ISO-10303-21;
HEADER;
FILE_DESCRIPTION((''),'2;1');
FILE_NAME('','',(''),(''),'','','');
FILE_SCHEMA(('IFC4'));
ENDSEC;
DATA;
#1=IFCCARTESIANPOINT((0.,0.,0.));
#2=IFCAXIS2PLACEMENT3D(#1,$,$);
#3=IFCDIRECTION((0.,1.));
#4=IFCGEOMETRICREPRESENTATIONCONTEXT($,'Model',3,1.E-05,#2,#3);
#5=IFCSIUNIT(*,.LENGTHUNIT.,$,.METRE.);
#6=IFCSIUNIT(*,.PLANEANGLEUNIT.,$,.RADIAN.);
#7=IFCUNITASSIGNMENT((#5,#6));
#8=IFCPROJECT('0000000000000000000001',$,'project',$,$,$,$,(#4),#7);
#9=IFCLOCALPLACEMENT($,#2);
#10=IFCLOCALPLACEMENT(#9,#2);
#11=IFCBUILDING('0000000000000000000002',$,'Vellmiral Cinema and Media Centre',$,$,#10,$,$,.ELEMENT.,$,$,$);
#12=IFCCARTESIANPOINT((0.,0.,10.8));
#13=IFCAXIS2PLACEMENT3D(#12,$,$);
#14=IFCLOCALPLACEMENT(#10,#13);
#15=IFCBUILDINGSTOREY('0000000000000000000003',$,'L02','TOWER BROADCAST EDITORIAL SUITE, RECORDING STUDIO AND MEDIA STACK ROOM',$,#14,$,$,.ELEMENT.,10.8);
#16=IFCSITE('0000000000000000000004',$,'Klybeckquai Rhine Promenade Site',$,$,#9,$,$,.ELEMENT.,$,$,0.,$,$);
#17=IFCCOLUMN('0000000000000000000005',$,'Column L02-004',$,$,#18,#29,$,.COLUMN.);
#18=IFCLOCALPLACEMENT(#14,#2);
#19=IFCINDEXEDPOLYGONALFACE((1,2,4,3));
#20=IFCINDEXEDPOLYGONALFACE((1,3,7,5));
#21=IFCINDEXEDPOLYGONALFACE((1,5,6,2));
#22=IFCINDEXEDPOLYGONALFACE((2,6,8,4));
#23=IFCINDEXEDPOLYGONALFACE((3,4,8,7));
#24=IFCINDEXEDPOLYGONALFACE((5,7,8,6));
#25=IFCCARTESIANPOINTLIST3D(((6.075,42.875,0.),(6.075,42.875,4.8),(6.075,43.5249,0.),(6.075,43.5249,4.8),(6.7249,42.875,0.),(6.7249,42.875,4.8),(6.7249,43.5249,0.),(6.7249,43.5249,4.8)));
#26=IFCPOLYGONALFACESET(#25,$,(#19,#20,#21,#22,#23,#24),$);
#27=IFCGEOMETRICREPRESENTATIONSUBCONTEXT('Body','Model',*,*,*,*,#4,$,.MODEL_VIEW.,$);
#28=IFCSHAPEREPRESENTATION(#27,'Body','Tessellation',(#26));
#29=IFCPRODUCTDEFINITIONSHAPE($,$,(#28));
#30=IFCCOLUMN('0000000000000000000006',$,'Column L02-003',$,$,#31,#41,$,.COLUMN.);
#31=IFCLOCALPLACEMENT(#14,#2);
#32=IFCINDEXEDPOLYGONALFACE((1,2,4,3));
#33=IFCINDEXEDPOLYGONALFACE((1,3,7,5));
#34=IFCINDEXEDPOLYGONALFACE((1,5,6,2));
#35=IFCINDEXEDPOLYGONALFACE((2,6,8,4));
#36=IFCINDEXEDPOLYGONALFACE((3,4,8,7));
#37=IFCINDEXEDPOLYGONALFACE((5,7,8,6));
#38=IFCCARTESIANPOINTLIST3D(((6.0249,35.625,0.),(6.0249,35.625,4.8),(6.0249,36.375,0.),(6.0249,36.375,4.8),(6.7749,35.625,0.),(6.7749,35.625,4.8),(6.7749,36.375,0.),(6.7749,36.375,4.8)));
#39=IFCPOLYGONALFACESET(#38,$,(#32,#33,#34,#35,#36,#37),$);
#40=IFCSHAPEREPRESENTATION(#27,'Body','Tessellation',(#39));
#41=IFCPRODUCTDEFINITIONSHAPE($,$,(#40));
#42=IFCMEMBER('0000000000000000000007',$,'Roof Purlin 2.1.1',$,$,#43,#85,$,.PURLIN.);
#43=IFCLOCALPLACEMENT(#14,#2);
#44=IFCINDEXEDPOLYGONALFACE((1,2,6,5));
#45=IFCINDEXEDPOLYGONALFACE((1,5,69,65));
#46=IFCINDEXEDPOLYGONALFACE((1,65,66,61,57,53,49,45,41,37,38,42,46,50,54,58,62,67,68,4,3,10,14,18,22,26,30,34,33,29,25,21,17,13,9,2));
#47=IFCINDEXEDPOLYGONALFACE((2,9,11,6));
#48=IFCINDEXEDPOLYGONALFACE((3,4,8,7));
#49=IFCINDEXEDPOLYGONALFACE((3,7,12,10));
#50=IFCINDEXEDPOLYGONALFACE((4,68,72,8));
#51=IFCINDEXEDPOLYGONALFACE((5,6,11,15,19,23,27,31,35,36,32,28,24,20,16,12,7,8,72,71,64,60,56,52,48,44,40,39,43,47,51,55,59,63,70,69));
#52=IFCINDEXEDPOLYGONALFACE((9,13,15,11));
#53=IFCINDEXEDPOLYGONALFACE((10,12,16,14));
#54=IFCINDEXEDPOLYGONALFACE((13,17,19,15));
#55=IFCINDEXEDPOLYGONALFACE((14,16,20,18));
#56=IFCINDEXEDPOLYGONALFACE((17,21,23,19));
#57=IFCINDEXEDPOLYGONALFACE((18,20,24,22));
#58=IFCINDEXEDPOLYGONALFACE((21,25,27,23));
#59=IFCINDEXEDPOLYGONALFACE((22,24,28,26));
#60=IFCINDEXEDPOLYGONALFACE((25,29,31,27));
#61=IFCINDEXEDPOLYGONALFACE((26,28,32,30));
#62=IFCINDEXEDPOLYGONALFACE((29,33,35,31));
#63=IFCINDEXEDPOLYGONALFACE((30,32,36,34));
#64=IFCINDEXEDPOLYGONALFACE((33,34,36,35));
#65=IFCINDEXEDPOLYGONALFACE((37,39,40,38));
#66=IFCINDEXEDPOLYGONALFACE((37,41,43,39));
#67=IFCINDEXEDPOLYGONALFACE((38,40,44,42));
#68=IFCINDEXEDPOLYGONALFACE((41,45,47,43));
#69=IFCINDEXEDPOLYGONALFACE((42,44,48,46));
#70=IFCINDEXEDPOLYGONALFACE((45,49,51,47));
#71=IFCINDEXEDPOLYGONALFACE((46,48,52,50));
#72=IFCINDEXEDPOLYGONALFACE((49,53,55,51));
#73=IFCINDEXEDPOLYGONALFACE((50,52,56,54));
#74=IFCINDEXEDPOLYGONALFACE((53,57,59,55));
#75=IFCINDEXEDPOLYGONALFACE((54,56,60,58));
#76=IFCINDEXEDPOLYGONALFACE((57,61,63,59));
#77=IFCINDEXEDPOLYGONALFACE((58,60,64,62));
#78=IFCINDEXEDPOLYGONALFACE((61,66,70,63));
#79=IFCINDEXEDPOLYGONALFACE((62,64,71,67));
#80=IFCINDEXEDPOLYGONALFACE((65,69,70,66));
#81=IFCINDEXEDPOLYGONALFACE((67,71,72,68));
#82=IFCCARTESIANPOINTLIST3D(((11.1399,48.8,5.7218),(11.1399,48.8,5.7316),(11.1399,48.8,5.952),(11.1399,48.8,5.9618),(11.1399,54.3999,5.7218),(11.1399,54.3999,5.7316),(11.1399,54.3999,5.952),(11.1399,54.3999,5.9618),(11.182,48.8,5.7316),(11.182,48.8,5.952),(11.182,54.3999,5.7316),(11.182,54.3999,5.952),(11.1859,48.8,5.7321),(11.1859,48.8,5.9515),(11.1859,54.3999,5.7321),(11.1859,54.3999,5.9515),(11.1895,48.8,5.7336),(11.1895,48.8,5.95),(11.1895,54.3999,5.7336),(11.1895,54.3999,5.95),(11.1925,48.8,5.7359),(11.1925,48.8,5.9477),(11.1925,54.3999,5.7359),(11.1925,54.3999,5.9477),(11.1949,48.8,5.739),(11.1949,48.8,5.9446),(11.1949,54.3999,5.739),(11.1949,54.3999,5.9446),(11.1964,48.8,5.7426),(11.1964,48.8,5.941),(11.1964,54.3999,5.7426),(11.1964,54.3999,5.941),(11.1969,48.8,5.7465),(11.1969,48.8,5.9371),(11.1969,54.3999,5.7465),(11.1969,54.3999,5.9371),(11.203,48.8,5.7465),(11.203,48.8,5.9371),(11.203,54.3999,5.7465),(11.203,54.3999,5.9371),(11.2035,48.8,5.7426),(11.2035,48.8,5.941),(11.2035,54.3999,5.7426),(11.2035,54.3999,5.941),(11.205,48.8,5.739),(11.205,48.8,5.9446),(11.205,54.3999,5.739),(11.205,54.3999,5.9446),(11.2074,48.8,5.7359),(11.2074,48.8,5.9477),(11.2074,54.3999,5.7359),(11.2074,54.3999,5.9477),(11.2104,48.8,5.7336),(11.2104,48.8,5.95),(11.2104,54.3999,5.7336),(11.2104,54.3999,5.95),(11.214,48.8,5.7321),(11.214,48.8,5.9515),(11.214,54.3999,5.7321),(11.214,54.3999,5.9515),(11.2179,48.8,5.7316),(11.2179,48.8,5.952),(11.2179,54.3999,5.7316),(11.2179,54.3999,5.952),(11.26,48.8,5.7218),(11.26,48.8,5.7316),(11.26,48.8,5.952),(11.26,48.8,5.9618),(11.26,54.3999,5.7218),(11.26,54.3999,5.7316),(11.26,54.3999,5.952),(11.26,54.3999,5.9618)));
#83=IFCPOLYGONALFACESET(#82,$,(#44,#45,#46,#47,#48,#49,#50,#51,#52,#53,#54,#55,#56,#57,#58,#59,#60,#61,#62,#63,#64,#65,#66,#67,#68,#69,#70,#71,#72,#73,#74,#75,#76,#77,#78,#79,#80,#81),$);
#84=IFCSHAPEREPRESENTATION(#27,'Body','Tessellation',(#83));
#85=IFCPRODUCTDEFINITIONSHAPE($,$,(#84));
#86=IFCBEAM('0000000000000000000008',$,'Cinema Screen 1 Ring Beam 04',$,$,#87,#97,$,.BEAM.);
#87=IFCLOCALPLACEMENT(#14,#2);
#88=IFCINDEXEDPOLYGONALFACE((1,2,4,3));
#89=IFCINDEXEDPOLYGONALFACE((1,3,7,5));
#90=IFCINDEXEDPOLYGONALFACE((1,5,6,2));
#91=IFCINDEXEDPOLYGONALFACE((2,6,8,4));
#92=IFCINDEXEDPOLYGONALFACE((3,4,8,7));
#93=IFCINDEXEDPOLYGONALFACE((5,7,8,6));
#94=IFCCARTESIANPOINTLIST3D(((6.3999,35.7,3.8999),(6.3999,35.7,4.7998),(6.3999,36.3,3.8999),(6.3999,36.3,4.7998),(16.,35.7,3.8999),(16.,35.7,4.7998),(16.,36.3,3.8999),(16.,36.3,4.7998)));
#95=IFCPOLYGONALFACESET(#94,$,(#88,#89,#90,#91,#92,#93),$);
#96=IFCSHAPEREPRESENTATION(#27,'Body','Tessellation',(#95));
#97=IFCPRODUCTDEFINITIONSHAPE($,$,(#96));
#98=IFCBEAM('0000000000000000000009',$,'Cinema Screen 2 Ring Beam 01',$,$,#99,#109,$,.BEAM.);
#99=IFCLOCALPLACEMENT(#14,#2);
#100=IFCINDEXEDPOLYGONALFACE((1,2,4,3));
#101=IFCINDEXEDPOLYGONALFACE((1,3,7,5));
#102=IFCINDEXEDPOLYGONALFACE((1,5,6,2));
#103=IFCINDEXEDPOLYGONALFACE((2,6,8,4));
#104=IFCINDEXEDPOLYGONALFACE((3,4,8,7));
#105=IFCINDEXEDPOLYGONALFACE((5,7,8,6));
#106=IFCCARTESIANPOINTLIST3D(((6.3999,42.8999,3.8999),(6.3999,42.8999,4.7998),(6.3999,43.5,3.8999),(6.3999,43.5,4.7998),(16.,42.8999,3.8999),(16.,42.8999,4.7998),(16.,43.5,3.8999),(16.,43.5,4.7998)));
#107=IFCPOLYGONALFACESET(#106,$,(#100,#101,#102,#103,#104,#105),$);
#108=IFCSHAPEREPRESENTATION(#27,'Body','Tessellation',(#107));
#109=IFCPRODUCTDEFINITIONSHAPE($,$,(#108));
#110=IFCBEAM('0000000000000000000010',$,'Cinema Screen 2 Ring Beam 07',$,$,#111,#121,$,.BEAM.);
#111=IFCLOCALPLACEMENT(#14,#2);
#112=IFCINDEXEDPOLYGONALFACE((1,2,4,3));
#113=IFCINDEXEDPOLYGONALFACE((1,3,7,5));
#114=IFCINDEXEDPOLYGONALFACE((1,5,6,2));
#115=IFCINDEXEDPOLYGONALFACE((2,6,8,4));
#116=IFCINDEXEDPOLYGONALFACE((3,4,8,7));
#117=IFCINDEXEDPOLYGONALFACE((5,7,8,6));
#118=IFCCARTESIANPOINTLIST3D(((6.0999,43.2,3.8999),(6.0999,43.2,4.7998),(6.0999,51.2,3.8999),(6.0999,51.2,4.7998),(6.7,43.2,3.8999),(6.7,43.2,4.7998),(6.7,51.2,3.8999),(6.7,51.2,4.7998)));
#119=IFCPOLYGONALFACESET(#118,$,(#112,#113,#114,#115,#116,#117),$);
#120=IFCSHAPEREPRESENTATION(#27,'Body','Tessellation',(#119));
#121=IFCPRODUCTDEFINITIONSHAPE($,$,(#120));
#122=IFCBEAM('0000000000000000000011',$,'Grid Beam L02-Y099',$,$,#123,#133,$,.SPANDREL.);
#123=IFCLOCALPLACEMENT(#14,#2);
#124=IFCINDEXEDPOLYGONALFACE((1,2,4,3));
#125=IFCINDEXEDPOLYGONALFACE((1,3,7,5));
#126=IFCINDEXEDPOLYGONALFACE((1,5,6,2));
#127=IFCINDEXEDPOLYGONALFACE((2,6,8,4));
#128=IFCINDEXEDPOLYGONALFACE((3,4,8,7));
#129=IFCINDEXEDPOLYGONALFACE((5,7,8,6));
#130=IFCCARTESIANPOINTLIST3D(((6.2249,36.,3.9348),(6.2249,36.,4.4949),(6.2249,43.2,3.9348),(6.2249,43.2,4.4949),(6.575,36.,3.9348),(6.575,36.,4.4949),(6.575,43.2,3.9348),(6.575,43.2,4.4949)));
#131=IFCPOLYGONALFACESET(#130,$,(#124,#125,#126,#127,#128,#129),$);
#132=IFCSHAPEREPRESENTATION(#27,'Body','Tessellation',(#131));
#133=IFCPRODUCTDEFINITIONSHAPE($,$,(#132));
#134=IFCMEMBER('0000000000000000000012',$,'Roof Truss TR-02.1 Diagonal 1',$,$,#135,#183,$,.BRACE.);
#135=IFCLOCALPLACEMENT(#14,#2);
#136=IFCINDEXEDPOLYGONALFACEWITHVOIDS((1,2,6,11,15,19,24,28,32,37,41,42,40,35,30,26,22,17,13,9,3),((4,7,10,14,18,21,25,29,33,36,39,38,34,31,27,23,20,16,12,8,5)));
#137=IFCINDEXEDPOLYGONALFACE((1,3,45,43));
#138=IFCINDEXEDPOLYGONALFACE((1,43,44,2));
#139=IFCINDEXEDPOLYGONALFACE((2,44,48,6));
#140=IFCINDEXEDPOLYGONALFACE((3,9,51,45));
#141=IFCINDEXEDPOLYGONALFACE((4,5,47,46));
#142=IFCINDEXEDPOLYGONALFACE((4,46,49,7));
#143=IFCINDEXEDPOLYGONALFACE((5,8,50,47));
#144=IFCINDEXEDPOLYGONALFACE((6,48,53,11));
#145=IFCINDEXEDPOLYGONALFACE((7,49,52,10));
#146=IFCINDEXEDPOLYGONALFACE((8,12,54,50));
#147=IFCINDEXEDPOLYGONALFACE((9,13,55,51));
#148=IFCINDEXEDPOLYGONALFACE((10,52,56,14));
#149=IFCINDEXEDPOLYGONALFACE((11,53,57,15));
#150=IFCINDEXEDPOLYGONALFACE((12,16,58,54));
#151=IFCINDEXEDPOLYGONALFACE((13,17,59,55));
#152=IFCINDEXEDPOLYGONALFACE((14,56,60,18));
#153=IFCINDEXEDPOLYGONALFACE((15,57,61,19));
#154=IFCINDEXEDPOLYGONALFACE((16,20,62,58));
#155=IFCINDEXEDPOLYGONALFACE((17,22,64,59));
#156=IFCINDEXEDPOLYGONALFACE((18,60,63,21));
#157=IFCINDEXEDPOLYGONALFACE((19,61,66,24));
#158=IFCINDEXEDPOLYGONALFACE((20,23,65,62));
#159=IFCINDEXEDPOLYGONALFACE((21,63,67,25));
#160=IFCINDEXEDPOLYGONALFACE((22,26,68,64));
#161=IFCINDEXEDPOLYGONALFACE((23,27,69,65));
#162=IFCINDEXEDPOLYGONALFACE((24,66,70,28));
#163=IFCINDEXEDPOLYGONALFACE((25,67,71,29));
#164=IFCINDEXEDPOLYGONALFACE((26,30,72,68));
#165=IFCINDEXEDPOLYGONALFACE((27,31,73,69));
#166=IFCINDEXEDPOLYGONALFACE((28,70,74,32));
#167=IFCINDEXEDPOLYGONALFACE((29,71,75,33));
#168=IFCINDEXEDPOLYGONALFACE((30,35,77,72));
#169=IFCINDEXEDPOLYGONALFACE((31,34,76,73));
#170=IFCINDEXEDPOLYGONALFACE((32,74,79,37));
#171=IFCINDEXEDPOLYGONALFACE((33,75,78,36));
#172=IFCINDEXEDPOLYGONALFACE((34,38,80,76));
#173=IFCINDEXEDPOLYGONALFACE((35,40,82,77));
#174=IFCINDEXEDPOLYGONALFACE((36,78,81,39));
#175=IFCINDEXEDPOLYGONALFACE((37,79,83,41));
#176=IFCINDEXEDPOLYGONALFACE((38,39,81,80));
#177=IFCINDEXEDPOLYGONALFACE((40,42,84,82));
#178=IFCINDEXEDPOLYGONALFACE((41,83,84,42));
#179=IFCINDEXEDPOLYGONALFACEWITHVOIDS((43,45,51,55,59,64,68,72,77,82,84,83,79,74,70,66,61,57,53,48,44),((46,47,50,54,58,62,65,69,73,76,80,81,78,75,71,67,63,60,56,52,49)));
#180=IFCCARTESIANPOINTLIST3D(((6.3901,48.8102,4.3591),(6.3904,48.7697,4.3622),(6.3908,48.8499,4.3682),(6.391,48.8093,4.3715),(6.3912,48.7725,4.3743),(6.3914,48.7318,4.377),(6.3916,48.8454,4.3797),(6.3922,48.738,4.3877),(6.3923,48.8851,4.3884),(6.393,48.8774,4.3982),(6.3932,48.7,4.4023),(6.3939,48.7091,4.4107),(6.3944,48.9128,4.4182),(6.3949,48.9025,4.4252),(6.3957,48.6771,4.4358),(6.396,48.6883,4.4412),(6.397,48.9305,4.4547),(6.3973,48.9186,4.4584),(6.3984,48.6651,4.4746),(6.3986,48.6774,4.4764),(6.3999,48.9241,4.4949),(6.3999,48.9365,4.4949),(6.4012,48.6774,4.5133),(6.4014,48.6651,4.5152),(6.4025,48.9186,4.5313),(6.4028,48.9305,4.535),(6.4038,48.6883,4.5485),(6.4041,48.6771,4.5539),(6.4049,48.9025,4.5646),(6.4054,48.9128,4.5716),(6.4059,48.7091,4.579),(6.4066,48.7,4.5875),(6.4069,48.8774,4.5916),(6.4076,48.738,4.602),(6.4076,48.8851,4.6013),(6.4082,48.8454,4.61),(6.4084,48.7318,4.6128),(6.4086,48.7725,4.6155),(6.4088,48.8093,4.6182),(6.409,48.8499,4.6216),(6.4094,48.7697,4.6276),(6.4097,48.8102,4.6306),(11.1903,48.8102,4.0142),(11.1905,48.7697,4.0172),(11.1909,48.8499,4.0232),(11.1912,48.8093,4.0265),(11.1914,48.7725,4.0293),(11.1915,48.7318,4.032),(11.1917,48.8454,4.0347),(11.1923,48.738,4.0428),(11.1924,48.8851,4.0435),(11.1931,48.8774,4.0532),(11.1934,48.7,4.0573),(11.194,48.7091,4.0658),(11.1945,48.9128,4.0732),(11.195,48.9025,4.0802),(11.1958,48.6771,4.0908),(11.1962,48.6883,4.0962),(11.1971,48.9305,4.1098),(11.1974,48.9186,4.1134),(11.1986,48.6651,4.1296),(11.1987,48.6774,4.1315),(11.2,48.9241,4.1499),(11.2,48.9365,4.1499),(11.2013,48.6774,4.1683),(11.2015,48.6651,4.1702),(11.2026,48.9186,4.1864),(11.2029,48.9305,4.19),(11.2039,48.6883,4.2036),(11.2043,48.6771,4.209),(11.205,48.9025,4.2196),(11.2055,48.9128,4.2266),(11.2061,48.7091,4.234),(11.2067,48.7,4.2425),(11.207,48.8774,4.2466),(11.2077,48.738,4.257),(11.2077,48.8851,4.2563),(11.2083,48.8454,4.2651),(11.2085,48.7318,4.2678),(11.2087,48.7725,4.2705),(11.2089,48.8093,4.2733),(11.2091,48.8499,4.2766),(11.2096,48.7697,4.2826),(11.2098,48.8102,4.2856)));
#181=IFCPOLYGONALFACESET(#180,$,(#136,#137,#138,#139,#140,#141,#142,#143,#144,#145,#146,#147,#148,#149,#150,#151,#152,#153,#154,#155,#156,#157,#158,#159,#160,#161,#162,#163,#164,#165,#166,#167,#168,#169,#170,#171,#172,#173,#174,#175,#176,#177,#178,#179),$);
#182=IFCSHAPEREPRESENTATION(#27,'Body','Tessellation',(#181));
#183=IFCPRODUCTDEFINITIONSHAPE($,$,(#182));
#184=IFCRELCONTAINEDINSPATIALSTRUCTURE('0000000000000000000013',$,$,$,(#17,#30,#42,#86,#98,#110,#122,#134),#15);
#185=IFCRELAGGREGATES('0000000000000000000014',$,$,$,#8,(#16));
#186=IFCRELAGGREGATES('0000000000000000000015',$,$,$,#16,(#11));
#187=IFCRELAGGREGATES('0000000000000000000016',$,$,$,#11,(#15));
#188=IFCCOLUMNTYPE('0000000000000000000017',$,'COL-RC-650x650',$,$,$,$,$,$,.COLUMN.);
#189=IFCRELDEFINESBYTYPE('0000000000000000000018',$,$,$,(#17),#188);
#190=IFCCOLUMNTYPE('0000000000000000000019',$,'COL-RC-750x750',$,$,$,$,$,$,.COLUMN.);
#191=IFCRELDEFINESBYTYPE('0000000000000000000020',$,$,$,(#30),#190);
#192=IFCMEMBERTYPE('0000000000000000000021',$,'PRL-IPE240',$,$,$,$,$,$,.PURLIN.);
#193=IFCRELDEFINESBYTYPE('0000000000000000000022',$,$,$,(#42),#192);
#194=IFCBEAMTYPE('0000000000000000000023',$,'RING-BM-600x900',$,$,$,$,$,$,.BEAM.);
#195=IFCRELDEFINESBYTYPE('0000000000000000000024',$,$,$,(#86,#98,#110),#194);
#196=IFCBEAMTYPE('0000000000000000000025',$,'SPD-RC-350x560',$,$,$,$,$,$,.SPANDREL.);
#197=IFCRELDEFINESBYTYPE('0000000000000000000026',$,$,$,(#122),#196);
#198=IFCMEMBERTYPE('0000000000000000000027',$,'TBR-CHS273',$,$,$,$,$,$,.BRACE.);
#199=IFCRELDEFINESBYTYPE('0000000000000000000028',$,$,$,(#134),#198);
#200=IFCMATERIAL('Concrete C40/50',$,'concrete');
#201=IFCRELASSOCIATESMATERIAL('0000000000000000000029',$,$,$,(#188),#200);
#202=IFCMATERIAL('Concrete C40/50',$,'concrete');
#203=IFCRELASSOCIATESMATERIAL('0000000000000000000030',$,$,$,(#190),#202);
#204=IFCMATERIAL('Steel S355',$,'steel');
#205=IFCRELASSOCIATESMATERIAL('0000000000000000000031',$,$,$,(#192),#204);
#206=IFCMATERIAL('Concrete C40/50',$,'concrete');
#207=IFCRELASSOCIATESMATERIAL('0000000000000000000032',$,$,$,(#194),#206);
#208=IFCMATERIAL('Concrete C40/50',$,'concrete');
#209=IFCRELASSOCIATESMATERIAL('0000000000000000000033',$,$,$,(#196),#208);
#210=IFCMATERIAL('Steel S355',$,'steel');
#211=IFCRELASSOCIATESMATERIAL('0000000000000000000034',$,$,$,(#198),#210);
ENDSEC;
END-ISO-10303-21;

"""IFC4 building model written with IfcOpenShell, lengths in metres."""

from ifc_helpers import new_model, si_unit, direction, frame, origin, origin_2d, place, context, subcontext, project, spatial, rectangle, hollow_circle, i_section, extrude, material, material_profile, profile_set, type_object, element, save


model = new_model("IFC4")

# Units and contexts
model_context = context("Model", 3, precision=1e-05, world=origin(), true_north=direction((0.0, 1.0)))
body_context = subcontext(model_context, "Body", "Model", "MODEL_VIEW")
ifc_project = project(units=[si_unit("LENGTHUNIT", "METRE"), si_unit("PLANEANGLEUNIT", "RADIAN")], contexts=[model_context])

# Site, building, storey
site_placement = place(None, origin())
site = spatial("IfcSite", under=ifc_project, at=site_placement, Name="Klybeckquai Rhine Promenade Site", CompositionType="ELEMENT", RefElevation=0.0)
building_placement = place(site_placement, origin())
building = spatial("IfcBuilding", under=site, at=building_placement, Name="Vellmiral Cinema and Media Centre", CompositionType="ELEMENT")
storey_placement = place(building_placement, frame((0.0, 0.0, 10.8)))
storey = spatial("IfcBuildingStorey", under=building, at=storey_placement, Name="L02", Description="TOWER BROADCAST EDITORIAL SUITE, RECORDING STUDIO AND MEDIA STACK ROOM", CompositionType="ELEMENT", Elevation=10.8)

# Columns
ifc_material_1 = material(Name="Concrete C40/50", Category="concrete")
ifc_material_profile_1 = material_profile(ifc_material_1, rectangle(XDim=0.6499, YDim=0.6499, at=origin_2d()), Name="RC 650x650")
ifc_profile_set_1 = profile_set([ifc_material_profile_1], Name="Concrete C40/50")
column_type_1 = type_object("IfcColumnType", Name="COL-RC-650x650", PredefinedType="COLUMN", material=ifc_profile_set_1)
column_1_placement = place(storey_placement, frame((6.3999, 43.2, 0.0), z_axis=(0.0, 0.0, 1.0), x_axis=(1.0, 0.0, 0.0)))
element("IfcColumn", 1, at=column_1_placement, inside=storey, type_object=column_type_1, Name="Column L02-004", PredefinedType="COLUMN", context=body_context, shape_type="SweptSolid", body=[
    extrude(rectangle(XDim=0.6499, YDim=0.6499, at=origin_2d()), origin(), (0.0, 0.0, 1.0), 4.8),
])
ifc_material_2 = material(Name="Concrete C40/50", Category="concrete")
ifc_material_profile_2 = material_profile(ifc_material_2, rectangle(XDim=0.75, YDim=0.75, at=origin_2d()), Name="RC 750x750")
ifc_profile_set_2 = profile_set([ifc_material_profile_2], Name="Concrete C40/50")
column_type_2 = type_object("IfcColumnType", Name="COL-RC-750x750", PredefinedType="COLUMN", material=ifc_profile_set_2)
column_2_placement = place(storey_placement, frame((6.3999, 36.0, 0.0), z_axis=(0.0, 0.0, 1.0), x_axis=(1.0, 0.0, 0.0)))
element("IfcColumn", 2, at=column_2_placement, inside=storey, type_object=column_type_2, Name="Column L02-003", PredefinedType="COLUMN", context=body_context, shape_type="SweptSolid", body=[
    extrude(rectangle(XDim=0.75, YDim=0.75, at=origin_2d()), origin(), (0.0, 0.0, 1.0), 4.8),
])

# Member
ifc_material_3 = material(Name="Steel S355", Category="steel")
ifc_material_profile_3 = material_profile(ifc_material_3, i_section(OverallWidth=0.1201, OverallDepth=0.24, WebThickness=0.0061, FlangeThickness=0.0098, FilletRadius=0.0149, at=origin_2d()), Name="IPE 240")
ifc_profile_set_3 = profile_set([ifc_material_profile_3], Name="Steel S355")
member_type_1 = type_object("IfcMemberType", Name="PRL-IPE240", PredefinedType="PURLIN", material=ifc_profile_set_3)
member_1_placement = place(storey_placement, frame((11.2, 48.8, 5.8418), z_axis=(0.0, 1.0, 0.0), x_axis=(-1.0, 0.0, 0.0)))
element("IfcMember", 3, at=member_1_placement, inside=storey, type_object=member_type_1, Name="Roof Purlin 2.1.1", PredefinedType="PURLIN", context=body_context, shape_type="SweptSolid", body=[
    extrude(i_section(OverallWidth=0.1201, OverallDepth=0.24, WebThickness=0.0061, FlangeThickness=0.0098, FilletRadius=0.0149, at=origin_2d()), origin(), (0.0, 0.0, 1.0), 5.5999),
])

# Beams
ifc_material_4 = material(Name="Concrete C40/50", Category="concrete")
ifc_material_profile_4 = material_profile(ifc_material_4, rectangle(XDim=0.6001, YDim=0.8999, at=origin_2d()), Name="RC 600x900")
ifc_profile_set_4 = profile_set([ifc_material_profile_4], Name="Concrete C40/50")
beam_type_1 = type_object("IfcBeamType", Name="RING-BM-600x900", PredefinedType="BEAM", material=ifc_profile_set_4)
for number, where, z_axis, x_axis, name in (
    (4, (6.3999, 36.0, 4.3499), (1.0, 0.0, 0.0), (0.0, 1.0, 0.0), "Cinema Screen 1 Ring Beam 04"),
    (5, (6.3999, 43.2, 4.3499), (1.0, 0.0, 0.0), (0.0, 1.0, 0.0), "Cinema Screen 2 Ring Beam 01"),
):
    element("IfcBeam", number, at=place(storey_placement, frame(where, z_axis=z_axis, x_axis=x_axis)), inside=storey, type_object=beam_type_1, Name=name, PredefinedType="BEAM", context=body_context, shape_type="SweptSolid", body=[
        extrude(rectangle(XDim=0.6001, YDim=0.8999, at=origin_2d()), origin(), (0.0, 0.0, 1.0), 9.6001),
    ])
beam_1_placement = place(storey_placement, frame((6.3999, 43.2, 4.3499), z_axis=(0.0, 1.0, 0.0), x_axis=(-1.0, 0.0, 0.0)))
element("IfcBeam", 6, at=beam_1_placement, inside=storey, type_object=beam_type_1, Name="Cinema Screen 2 Ring Beam 07", PredefinedType="BEAM", context=body_context, shape_type="SweptSolid", body=[
    extrude(rectangle(XDim=0.6001, YDim=0.8999, at=origin_2d()), origin(), (0.0, 0.0, 1.0), 8.0),
])
ifc_material_5 = material(Name="Concrete C40/50", Category="concrete")
ifc_material_profile_5 = material_profile(ifc_material_5, rectangle(XDim=0.3501, YDim=0.5601, at=origin_2d()), Name="RC 350x560")
ifc_profile_set_5 = profile_set([ifc_material_profile_5], Name="Concrete C40/50")
beam_type_2 = type_object("IfcBeamType", Name="SPD-RC-350x560", PredefinedType="SPANDREL", material=ifc_profile_set_5)
beam_2_placement = place(storey_placement, frame((6.3999, 36.0, 4.2148), z_axis=(0.0, 1.0, 0.0), x_axis=(-1.0, 0.0, 0.0)))
element("IfcBeam", 7, at=beam_2_placement, inside=storey, type_object=beam_type_2, Name="Grid Beam L02-Y099", PredefinedType="SPANDREL", context=body_context, shape_type="SweptSolid", body=[
    extrude(rectangle(XDim=0.3501, YDim=0.5601, at=origin_2d()), origin(), (0.0, 0.0, 1.0), 7.2),
])

# Member
ifc_material_6 = material(Name="Steel S355", Category="steel")
ifc_material_profile_6 = material_profile(ifc_material_6, hollow_circle(Radius=0.1365, WallThickness=0.0125, at=origin_2d()), Name="CHS 273.0x12.5")
ifc_profile_set_6 = profile_set([ifc_material_profile_6], Name="Steel S355")
member_type_2 = type_object("IfcMemberType", Name="TBR-CHS273", PredefinedType="BRACE", material=ifc_profile_set_6)
member_2_placement = place(storey_placement, frame((6.3999, 48.8, 4.4949), z_axis=(0.997427, 0.0, -0.071683), x_axis=(0.0, 1.0, 0.0)))
element("IfcMember", 8, at=member_2_placement, inside=storey, type_object=member_type_2, Name="Roof Truss TR-02.1 Diagonal 1", PredefinedType="BRACE", context=body_context, shape_type="SweptSolid", body=[
    extrude(hollow_circle(Radius=0.1365, WallThickness=0.0125, at=origin_2d()), origin(), (0.0, 0.0, 1.0), 4.8125),
])

save(model, "model.ifc")
